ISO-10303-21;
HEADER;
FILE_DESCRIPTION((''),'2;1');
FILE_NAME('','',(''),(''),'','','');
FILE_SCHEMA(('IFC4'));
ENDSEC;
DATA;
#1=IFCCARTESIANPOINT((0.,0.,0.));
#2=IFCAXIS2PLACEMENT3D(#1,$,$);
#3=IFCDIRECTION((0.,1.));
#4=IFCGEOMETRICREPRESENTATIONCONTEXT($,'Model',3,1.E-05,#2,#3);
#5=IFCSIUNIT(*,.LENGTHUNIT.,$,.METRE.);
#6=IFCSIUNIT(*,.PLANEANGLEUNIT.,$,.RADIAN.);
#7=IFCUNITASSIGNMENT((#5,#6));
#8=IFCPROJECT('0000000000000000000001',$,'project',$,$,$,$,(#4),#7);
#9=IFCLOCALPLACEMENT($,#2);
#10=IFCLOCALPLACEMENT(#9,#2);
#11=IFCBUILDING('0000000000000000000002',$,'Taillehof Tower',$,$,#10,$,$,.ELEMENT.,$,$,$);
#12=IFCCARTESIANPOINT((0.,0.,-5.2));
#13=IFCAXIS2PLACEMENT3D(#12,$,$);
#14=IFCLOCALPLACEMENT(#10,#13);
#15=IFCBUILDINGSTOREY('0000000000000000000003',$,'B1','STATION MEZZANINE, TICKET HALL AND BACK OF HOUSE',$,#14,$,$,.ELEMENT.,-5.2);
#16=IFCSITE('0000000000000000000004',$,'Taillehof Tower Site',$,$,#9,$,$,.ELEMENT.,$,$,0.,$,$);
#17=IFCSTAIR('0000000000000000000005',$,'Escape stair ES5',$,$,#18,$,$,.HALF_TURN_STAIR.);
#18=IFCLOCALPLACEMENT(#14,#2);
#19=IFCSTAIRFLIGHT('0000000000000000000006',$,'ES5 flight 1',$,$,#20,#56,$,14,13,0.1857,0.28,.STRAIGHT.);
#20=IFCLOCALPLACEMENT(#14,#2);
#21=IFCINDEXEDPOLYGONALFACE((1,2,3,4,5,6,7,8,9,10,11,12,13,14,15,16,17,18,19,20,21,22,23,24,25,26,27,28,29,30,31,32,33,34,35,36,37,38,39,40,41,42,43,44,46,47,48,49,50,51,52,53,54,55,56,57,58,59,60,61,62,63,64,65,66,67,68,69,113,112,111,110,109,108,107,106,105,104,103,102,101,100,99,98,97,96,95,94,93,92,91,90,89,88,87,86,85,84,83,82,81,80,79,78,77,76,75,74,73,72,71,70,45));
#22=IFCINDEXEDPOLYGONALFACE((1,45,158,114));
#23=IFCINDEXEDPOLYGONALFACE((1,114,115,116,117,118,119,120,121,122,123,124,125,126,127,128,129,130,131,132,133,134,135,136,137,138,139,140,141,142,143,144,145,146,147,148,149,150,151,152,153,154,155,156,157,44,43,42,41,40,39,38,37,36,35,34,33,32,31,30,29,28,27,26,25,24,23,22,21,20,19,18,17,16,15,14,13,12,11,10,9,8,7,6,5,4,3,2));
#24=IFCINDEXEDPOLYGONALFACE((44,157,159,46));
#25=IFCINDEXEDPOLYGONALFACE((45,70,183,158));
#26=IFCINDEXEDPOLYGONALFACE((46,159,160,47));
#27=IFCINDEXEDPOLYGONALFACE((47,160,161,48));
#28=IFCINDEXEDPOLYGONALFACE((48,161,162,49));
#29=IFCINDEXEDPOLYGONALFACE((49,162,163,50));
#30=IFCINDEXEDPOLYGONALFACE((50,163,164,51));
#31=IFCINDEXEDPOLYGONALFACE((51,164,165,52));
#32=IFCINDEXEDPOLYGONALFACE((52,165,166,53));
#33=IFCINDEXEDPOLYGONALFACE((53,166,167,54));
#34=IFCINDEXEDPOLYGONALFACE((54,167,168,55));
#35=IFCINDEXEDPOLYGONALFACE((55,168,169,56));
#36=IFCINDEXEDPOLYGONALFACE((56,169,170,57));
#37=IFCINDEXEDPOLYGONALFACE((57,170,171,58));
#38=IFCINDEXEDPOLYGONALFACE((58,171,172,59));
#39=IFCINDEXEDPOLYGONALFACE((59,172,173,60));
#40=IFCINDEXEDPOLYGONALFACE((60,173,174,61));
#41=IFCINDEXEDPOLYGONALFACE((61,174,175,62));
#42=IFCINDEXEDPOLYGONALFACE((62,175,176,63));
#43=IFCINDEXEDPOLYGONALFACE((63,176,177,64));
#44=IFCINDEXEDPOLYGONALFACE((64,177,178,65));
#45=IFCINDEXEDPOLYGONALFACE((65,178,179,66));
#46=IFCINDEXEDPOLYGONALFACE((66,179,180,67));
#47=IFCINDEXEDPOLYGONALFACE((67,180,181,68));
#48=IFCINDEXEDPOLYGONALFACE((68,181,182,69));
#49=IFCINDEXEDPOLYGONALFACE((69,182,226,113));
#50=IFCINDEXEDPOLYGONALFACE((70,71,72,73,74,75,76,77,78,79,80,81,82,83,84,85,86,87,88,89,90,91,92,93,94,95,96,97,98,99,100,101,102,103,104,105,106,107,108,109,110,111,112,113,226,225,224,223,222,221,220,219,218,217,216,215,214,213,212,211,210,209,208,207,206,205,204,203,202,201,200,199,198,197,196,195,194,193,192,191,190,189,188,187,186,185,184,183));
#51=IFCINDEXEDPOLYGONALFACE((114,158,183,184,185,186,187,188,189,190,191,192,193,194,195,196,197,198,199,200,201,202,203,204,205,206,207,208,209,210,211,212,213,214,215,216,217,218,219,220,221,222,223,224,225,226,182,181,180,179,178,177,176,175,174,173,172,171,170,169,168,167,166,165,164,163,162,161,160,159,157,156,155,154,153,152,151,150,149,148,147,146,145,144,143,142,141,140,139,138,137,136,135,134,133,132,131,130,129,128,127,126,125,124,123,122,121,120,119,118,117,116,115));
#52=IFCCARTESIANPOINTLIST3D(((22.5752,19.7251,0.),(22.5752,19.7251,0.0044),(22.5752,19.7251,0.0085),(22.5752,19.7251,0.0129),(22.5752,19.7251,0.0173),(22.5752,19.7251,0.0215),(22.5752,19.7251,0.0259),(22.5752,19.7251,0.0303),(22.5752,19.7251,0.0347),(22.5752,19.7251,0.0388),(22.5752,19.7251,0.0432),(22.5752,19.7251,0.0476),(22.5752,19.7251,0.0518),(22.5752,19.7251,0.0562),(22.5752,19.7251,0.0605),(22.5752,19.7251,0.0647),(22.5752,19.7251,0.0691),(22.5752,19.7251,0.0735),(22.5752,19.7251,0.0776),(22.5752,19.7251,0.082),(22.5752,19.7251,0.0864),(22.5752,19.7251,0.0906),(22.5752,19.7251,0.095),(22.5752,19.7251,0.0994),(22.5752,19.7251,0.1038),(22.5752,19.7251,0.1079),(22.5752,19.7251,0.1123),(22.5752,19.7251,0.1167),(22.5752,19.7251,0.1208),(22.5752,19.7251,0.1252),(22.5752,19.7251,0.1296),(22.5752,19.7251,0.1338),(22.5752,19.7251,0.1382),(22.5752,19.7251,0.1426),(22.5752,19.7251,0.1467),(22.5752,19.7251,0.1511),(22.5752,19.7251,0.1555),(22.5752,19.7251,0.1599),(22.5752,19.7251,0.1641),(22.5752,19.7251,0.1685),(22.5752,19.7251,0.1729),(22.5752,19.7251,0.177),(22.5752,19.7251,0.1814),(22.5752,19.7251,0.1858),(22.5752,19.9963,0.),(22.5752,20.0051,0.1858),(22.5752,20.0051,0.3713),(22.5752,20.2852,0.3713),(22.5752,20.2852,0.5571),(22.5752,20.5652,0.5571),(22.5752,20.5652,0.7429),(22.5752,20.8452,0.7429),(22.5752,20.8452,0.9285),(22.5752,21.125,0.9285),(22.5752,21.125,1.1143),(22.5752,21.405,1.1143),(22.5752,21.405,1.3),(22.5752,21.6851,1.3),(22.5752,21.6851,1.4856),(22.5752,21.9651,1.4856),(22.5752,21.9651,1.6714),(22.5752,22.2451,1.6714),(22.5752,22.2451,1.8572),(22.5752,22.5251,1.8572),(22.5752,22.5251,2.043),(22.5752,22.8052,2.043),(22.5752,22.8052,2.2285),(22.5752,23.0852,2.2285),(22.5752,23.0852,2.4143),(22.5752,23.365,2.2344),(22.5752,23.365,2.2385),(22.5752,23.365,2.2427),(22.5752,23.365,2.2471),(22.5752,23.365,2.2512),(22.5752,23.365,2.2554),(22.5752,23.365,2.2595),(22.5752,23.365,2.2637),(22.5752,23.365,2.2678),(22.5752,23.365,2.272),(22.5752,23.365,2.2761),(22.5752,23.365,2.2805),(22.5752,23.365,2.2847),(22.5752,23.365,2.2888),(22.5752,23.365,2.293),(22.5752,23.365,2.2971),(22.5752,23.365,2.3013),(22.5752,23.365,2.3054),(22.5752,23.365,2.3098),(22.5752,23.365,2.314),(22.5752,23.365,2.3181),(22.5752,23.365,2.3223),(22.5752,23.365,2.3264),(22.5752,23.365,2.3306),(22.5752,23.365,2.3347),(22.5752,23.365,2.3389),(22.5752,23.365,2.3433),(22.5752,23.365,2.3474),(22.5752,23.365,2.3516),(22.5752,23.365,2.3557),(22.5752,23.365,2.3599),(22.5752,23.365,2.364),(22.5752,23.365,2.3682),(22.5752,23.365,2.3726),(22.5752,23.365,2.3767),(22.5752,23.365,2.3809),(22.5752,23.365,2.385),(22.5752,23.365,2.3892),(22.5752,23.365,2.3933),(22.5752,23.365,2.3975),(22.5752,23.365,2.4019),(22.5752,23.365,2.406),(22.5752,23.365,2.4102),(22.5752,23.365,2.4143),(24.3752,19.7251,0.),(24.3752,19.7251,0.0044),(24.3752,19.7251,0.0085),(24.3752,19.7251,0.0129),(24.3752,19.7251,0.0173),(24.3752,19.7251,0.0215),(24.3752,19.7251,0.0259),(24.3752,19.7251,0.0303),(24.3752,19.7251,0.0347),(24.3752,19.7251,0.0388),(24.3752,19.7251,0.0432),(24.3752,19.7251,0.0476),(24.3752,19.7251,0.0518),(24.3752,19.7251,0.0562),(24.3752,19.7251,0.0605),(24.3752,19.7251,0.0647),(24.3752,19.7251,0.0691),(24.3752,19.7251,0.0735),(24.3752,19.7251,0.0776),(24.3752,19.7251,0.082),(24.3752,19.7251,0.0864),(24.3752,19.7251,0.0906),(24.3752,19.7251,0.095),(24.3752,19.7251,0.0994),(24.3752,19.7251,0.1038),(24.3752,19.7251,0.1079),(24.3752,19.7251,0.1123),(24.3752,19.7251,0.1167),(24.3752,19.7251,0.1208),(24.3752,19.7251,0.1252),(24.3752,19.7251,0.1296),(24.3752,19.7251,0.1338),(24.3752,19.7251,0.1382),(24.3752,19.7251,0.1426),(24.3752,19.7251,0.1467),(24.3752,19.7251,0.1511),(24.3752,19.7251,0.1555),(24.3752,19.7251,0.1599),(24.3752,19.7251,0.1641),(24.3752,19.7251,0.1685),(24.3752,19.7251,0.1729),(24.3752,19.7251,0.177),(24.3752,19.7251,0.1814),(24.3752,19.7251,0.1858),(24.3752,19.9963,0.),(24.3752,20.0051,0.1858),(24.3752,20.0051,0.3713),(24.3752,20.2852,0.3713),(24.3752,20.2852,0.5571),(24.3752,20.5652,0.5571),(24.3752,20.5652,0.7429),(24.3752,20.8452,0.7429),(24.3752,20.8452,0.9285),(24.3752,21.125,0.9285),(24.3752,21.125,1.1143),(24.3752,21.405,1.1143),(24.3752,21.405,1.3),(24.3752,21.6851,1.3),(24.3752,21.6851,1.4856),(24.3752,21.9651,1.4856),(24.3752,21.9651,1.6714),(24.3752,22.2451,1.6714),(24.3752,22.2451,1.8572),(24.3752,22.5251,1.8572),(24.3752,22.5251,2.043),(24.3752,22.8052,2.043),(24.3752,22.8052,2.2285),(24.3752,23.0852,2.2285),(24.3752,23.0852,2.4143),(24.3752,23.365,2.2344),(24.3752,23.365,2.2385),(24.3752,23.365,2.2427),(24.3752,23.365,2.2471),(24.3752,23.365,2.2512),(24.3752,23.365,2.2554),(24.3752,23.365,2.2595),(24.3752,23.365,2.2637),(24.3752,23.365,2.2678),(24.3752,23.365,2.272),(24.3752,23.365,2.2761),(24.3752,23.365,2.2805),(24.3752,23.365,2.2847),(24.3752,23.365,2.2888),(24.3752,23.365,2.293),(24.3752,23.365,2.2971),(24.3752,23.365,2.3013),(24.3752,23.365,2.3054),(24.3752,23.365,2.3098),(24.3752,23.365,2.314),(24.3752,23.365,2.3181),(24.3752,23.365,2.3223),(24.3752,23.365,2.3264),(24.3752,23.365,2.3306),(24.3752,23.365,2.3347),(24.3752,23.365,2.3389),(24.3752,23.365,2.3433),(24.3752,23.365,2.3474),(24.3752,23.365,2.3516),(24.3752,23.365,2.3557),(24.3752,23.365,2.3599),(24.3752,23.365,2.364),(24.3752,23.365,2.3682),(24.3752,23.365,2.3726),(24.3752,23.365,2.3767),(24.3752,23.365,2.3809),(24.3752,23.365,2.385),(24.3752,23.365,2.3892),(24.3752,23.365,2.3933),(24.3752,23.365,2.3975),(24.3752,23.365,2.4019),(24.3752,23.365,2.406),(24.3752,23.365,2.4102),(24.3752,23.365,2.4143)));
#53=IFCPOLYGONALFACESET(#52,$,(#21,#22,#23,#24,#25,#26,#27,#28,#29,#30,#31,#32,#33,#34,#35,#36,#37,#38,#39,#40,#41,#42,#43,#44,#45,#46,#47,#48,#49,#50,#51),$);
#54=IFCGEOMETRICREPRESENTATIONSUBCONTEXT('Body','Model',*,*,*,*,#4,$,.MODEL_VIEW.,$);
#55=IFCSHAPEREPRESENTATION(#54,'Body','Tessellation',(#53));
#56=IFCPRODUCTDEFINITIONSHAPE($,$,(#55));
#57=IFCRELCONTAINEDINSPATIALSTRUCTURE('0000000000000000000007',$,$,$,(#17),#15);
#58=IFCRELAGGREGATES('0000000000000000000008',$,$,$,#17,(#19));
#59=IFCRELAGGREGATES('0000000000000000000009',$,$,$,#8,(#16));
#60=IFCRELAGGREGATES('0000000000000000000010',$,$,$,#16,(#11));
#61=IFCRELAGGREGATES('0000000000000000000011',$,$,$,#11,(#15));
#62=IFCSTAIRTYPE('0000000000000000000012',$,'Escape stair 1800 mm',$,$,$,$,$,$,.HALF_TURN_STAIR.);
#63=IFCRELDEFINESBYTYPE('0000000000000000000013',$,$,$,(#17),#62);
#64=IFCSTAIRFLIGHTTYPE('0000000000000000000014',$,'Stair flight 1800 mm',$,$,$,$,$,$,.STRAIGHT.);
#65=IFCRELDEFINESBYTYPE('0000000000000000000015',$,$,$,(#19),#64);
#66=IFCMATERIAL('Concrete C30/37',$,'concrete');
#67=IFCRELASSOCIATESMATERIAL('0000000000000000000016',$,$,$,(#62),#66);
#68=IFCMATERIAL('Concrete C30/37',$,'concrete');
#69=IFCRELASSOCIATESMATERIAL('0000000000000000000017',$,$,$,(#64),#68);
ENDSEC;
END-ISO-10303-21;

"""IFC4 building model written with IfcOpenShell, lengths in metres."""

from ifc_helpers import new_model, si_unit, direction, frame, origin, place, context, subcontext, project, spatial, polyline, outline, extrude, material, type_object, element, aggregate, save


model = new_model("IFC4")

# Units and contexts
model_context = context("Model", 3, precision=1e-05, world=origin(), true_north=direction((0.0, 1.0)))
body_context = subcontext(model_context, "Body", "Model", "MODEL_VIEW")
ifc_project = project(units=[si_unit("LENGTHUNIT", "METRE"), si_unit("PLANEANGLEUNIT", "RADIAN")], contexts=[model_context])

# Site, building, storey
site_placement = place(None, origin())
site = spatial("IfcSite", under=ifc_project, at=site_placement, Name="Taillehof Tower Site", CompositionType="ELEMENT", RefElevation=0.0)
building_placement = place(site_placement, origin())
building = spatial("IfcBuilding", under=site, at=building_placement, Name="Taillehof Tower", CompositionType="ELEMENT")
storey_placement = place(building_placement, frame((0.0, 0.0, -5.2)))
storey = spatial("IfcBuildingStorey", under=building, at=storey_placement, Name="B1", Description="STATION MEZZANINE, TICKET HALL AND BACK OF HOUSE", CompositionType="ELEMENT", Elevation=-5.2)

# Stair, stair flight
ifc_material_1 = material(Name="Concrete C30/37", Category="concrete")
stair_type = type_object("IfcStairType", Name="Escape stair 1800 mm", PredefinedType="HALF_TURN_STAIR", material=ifc_material_1)
stair_placement = place(storey_placement, origin())
stair = element("IfcStair", 1, at=stair_placement, inside=storey, type_object=stair_type, Name="Escape stair ES5", PredefinedType="HALF_TURN_STAIR")
ifc_material_2 = material(Name="Concrete C30/37", Category="concrete")
stair_flight_type = type_object("IfcStairFlightType", Name="Stair flight 1800 mm", PredefinedType="STRAIGHT", material=ifc_material_2)
stair_flight_1_placement = place(storey_placement, frame((23.4751, 19.7251, 0.0), z_axis=(0.0, 0.0, 1.0), x_axis=(0.0, 1.0, 0.0)))
stair_flight_1 = element("IfcStairFlight", 2, at=stair_flight_1_placement, type_object=stair_flight_type, Name="ES5 flight 1", NumberOfRisers=14, NumberOfTreads=13, PredefinedType="STRAIGHT", RiserHeight=0.1857, TreadLength=0.28, context=body_context, shape_type="SweptSolid", body=[
    extrude(outline(polyline([(0.0, 0.0), (0.0, 0.0044), (0.0, 0.0085), (0.0, 0.0129), (0.0, 0.0173), (0.0, 0.0215), (0.0, 0.0259), (0.0, 0.0303), (0.0, 0.0347), (0.0, 0.0388), (0.0, 0.0432), (0.0, 0.0476), (0.0, 0.0518), (0.0, 0.0562), (0.0, 0.0605), (0.0, 0.0647), (0.0, 0.0691), (0.0, 0.0735), (0.0, 0.0776), (0.0, 0.082), (0.0, 0.0864), (0.0, 0.0906), (0.0, 0.095), (0.0, 0.0994), (0.0, 0.1038), (0.0, 0.1079), (0.0, 0.1123), (0.0, 0.1167), (0.0, 0.1208), (0.0, 0.1252), (0.0, 0.1296), (0.0, 0.1338), (0.0, 0.1382), (0.0, 0.1426), (0.0, 0.1467), (0.0, 0.1511), (0.0, 0.1555), (0.0, 0.1599), (0.0, 0.1641), (0.0, 0.1685), (0.0, 0.1729), (0.0, 0.177), (0.0, 0.1814), (0.0, 0.1858), (0.28, 0.1858), (0.28, 0.3713), (0.5601, 0.3713), (0.5601, 0.5571), (0.8401, 0.5571), (0.8401, 0.7429), (1.1201, 0.7429), (1.1201, 0.9285), (1.3999, 0.9285), (1.3999, 1.1143), (1.6799, 1.1143), (1.6799, 1.3), (1.96, 1.3), (1.96, 1.4856), (2.24, 1.4856), (2.24, 1.6714), (2.52, 1.6714), (2.52, 1.8572), (2.8, 1.8572), (2.8, 2.043), (3.0801, 2.043), (3.0801, 2.2285), (3.3601, 2.2285), (3.3601, 2.4143), (3.6399, 2.4143), (3.6399, 2.4102), (3.6399, 2.406), (3.6399, 2.4019), (3.6399, 2.3975), (3.6399, 2.3933), (3.6399, 2.3892), (3.6399, 2.385), (3.6399, 2.3809), (3.6399, 2.3767), (3.6399, 2.3726), (3.6399, 2.3682), (3.6399, 2.364), (3.6399, 2.3599), (3.6399, 2.3557), (3.6399, 2.3516), (3.6399, 2.3474), (3.6399, 2.3433), (3.6399, 2.3389), (3.6399, 2.3347), (3.6399, 2.3306), (3.6399, 2.3264), (3.6399, 2.3223), (3.6399, 2.3181), (3.6399, 2.314), (3.6399, 2.3098), (3.6399, 2.3054), (3.6399, 2.3013), (3.6399, 2.2971), (3.6399, 2.293), (3.6399, 2.2888), (3.6399, 2.2847), (3.6399, 2.2805), (3.6399, 2.2761), (3.6399, 2.272), (3.6399, 2.2678), (3.6399, 2.2637), (3.6399, 2.2595), (3.6399, 2.2554), (3.6399, 2.2512), (3.6399, 2.2471), (3.6399, 2.2427), (3.6399, 2.2385), (3.6399, 2.2344), (0.2712, 0.0), (0.0, 0.0)])), frame((0.0, 0.8999, 0.0), z_axis=(0.0, -1.0, 0.0), x_axis=(1.0, 0.0, 0.0)), (0.0, 0.0, 1.0), 1.8),
])
aggregate(stair, [stair_flight_1])

save(model, "model.ifc")
